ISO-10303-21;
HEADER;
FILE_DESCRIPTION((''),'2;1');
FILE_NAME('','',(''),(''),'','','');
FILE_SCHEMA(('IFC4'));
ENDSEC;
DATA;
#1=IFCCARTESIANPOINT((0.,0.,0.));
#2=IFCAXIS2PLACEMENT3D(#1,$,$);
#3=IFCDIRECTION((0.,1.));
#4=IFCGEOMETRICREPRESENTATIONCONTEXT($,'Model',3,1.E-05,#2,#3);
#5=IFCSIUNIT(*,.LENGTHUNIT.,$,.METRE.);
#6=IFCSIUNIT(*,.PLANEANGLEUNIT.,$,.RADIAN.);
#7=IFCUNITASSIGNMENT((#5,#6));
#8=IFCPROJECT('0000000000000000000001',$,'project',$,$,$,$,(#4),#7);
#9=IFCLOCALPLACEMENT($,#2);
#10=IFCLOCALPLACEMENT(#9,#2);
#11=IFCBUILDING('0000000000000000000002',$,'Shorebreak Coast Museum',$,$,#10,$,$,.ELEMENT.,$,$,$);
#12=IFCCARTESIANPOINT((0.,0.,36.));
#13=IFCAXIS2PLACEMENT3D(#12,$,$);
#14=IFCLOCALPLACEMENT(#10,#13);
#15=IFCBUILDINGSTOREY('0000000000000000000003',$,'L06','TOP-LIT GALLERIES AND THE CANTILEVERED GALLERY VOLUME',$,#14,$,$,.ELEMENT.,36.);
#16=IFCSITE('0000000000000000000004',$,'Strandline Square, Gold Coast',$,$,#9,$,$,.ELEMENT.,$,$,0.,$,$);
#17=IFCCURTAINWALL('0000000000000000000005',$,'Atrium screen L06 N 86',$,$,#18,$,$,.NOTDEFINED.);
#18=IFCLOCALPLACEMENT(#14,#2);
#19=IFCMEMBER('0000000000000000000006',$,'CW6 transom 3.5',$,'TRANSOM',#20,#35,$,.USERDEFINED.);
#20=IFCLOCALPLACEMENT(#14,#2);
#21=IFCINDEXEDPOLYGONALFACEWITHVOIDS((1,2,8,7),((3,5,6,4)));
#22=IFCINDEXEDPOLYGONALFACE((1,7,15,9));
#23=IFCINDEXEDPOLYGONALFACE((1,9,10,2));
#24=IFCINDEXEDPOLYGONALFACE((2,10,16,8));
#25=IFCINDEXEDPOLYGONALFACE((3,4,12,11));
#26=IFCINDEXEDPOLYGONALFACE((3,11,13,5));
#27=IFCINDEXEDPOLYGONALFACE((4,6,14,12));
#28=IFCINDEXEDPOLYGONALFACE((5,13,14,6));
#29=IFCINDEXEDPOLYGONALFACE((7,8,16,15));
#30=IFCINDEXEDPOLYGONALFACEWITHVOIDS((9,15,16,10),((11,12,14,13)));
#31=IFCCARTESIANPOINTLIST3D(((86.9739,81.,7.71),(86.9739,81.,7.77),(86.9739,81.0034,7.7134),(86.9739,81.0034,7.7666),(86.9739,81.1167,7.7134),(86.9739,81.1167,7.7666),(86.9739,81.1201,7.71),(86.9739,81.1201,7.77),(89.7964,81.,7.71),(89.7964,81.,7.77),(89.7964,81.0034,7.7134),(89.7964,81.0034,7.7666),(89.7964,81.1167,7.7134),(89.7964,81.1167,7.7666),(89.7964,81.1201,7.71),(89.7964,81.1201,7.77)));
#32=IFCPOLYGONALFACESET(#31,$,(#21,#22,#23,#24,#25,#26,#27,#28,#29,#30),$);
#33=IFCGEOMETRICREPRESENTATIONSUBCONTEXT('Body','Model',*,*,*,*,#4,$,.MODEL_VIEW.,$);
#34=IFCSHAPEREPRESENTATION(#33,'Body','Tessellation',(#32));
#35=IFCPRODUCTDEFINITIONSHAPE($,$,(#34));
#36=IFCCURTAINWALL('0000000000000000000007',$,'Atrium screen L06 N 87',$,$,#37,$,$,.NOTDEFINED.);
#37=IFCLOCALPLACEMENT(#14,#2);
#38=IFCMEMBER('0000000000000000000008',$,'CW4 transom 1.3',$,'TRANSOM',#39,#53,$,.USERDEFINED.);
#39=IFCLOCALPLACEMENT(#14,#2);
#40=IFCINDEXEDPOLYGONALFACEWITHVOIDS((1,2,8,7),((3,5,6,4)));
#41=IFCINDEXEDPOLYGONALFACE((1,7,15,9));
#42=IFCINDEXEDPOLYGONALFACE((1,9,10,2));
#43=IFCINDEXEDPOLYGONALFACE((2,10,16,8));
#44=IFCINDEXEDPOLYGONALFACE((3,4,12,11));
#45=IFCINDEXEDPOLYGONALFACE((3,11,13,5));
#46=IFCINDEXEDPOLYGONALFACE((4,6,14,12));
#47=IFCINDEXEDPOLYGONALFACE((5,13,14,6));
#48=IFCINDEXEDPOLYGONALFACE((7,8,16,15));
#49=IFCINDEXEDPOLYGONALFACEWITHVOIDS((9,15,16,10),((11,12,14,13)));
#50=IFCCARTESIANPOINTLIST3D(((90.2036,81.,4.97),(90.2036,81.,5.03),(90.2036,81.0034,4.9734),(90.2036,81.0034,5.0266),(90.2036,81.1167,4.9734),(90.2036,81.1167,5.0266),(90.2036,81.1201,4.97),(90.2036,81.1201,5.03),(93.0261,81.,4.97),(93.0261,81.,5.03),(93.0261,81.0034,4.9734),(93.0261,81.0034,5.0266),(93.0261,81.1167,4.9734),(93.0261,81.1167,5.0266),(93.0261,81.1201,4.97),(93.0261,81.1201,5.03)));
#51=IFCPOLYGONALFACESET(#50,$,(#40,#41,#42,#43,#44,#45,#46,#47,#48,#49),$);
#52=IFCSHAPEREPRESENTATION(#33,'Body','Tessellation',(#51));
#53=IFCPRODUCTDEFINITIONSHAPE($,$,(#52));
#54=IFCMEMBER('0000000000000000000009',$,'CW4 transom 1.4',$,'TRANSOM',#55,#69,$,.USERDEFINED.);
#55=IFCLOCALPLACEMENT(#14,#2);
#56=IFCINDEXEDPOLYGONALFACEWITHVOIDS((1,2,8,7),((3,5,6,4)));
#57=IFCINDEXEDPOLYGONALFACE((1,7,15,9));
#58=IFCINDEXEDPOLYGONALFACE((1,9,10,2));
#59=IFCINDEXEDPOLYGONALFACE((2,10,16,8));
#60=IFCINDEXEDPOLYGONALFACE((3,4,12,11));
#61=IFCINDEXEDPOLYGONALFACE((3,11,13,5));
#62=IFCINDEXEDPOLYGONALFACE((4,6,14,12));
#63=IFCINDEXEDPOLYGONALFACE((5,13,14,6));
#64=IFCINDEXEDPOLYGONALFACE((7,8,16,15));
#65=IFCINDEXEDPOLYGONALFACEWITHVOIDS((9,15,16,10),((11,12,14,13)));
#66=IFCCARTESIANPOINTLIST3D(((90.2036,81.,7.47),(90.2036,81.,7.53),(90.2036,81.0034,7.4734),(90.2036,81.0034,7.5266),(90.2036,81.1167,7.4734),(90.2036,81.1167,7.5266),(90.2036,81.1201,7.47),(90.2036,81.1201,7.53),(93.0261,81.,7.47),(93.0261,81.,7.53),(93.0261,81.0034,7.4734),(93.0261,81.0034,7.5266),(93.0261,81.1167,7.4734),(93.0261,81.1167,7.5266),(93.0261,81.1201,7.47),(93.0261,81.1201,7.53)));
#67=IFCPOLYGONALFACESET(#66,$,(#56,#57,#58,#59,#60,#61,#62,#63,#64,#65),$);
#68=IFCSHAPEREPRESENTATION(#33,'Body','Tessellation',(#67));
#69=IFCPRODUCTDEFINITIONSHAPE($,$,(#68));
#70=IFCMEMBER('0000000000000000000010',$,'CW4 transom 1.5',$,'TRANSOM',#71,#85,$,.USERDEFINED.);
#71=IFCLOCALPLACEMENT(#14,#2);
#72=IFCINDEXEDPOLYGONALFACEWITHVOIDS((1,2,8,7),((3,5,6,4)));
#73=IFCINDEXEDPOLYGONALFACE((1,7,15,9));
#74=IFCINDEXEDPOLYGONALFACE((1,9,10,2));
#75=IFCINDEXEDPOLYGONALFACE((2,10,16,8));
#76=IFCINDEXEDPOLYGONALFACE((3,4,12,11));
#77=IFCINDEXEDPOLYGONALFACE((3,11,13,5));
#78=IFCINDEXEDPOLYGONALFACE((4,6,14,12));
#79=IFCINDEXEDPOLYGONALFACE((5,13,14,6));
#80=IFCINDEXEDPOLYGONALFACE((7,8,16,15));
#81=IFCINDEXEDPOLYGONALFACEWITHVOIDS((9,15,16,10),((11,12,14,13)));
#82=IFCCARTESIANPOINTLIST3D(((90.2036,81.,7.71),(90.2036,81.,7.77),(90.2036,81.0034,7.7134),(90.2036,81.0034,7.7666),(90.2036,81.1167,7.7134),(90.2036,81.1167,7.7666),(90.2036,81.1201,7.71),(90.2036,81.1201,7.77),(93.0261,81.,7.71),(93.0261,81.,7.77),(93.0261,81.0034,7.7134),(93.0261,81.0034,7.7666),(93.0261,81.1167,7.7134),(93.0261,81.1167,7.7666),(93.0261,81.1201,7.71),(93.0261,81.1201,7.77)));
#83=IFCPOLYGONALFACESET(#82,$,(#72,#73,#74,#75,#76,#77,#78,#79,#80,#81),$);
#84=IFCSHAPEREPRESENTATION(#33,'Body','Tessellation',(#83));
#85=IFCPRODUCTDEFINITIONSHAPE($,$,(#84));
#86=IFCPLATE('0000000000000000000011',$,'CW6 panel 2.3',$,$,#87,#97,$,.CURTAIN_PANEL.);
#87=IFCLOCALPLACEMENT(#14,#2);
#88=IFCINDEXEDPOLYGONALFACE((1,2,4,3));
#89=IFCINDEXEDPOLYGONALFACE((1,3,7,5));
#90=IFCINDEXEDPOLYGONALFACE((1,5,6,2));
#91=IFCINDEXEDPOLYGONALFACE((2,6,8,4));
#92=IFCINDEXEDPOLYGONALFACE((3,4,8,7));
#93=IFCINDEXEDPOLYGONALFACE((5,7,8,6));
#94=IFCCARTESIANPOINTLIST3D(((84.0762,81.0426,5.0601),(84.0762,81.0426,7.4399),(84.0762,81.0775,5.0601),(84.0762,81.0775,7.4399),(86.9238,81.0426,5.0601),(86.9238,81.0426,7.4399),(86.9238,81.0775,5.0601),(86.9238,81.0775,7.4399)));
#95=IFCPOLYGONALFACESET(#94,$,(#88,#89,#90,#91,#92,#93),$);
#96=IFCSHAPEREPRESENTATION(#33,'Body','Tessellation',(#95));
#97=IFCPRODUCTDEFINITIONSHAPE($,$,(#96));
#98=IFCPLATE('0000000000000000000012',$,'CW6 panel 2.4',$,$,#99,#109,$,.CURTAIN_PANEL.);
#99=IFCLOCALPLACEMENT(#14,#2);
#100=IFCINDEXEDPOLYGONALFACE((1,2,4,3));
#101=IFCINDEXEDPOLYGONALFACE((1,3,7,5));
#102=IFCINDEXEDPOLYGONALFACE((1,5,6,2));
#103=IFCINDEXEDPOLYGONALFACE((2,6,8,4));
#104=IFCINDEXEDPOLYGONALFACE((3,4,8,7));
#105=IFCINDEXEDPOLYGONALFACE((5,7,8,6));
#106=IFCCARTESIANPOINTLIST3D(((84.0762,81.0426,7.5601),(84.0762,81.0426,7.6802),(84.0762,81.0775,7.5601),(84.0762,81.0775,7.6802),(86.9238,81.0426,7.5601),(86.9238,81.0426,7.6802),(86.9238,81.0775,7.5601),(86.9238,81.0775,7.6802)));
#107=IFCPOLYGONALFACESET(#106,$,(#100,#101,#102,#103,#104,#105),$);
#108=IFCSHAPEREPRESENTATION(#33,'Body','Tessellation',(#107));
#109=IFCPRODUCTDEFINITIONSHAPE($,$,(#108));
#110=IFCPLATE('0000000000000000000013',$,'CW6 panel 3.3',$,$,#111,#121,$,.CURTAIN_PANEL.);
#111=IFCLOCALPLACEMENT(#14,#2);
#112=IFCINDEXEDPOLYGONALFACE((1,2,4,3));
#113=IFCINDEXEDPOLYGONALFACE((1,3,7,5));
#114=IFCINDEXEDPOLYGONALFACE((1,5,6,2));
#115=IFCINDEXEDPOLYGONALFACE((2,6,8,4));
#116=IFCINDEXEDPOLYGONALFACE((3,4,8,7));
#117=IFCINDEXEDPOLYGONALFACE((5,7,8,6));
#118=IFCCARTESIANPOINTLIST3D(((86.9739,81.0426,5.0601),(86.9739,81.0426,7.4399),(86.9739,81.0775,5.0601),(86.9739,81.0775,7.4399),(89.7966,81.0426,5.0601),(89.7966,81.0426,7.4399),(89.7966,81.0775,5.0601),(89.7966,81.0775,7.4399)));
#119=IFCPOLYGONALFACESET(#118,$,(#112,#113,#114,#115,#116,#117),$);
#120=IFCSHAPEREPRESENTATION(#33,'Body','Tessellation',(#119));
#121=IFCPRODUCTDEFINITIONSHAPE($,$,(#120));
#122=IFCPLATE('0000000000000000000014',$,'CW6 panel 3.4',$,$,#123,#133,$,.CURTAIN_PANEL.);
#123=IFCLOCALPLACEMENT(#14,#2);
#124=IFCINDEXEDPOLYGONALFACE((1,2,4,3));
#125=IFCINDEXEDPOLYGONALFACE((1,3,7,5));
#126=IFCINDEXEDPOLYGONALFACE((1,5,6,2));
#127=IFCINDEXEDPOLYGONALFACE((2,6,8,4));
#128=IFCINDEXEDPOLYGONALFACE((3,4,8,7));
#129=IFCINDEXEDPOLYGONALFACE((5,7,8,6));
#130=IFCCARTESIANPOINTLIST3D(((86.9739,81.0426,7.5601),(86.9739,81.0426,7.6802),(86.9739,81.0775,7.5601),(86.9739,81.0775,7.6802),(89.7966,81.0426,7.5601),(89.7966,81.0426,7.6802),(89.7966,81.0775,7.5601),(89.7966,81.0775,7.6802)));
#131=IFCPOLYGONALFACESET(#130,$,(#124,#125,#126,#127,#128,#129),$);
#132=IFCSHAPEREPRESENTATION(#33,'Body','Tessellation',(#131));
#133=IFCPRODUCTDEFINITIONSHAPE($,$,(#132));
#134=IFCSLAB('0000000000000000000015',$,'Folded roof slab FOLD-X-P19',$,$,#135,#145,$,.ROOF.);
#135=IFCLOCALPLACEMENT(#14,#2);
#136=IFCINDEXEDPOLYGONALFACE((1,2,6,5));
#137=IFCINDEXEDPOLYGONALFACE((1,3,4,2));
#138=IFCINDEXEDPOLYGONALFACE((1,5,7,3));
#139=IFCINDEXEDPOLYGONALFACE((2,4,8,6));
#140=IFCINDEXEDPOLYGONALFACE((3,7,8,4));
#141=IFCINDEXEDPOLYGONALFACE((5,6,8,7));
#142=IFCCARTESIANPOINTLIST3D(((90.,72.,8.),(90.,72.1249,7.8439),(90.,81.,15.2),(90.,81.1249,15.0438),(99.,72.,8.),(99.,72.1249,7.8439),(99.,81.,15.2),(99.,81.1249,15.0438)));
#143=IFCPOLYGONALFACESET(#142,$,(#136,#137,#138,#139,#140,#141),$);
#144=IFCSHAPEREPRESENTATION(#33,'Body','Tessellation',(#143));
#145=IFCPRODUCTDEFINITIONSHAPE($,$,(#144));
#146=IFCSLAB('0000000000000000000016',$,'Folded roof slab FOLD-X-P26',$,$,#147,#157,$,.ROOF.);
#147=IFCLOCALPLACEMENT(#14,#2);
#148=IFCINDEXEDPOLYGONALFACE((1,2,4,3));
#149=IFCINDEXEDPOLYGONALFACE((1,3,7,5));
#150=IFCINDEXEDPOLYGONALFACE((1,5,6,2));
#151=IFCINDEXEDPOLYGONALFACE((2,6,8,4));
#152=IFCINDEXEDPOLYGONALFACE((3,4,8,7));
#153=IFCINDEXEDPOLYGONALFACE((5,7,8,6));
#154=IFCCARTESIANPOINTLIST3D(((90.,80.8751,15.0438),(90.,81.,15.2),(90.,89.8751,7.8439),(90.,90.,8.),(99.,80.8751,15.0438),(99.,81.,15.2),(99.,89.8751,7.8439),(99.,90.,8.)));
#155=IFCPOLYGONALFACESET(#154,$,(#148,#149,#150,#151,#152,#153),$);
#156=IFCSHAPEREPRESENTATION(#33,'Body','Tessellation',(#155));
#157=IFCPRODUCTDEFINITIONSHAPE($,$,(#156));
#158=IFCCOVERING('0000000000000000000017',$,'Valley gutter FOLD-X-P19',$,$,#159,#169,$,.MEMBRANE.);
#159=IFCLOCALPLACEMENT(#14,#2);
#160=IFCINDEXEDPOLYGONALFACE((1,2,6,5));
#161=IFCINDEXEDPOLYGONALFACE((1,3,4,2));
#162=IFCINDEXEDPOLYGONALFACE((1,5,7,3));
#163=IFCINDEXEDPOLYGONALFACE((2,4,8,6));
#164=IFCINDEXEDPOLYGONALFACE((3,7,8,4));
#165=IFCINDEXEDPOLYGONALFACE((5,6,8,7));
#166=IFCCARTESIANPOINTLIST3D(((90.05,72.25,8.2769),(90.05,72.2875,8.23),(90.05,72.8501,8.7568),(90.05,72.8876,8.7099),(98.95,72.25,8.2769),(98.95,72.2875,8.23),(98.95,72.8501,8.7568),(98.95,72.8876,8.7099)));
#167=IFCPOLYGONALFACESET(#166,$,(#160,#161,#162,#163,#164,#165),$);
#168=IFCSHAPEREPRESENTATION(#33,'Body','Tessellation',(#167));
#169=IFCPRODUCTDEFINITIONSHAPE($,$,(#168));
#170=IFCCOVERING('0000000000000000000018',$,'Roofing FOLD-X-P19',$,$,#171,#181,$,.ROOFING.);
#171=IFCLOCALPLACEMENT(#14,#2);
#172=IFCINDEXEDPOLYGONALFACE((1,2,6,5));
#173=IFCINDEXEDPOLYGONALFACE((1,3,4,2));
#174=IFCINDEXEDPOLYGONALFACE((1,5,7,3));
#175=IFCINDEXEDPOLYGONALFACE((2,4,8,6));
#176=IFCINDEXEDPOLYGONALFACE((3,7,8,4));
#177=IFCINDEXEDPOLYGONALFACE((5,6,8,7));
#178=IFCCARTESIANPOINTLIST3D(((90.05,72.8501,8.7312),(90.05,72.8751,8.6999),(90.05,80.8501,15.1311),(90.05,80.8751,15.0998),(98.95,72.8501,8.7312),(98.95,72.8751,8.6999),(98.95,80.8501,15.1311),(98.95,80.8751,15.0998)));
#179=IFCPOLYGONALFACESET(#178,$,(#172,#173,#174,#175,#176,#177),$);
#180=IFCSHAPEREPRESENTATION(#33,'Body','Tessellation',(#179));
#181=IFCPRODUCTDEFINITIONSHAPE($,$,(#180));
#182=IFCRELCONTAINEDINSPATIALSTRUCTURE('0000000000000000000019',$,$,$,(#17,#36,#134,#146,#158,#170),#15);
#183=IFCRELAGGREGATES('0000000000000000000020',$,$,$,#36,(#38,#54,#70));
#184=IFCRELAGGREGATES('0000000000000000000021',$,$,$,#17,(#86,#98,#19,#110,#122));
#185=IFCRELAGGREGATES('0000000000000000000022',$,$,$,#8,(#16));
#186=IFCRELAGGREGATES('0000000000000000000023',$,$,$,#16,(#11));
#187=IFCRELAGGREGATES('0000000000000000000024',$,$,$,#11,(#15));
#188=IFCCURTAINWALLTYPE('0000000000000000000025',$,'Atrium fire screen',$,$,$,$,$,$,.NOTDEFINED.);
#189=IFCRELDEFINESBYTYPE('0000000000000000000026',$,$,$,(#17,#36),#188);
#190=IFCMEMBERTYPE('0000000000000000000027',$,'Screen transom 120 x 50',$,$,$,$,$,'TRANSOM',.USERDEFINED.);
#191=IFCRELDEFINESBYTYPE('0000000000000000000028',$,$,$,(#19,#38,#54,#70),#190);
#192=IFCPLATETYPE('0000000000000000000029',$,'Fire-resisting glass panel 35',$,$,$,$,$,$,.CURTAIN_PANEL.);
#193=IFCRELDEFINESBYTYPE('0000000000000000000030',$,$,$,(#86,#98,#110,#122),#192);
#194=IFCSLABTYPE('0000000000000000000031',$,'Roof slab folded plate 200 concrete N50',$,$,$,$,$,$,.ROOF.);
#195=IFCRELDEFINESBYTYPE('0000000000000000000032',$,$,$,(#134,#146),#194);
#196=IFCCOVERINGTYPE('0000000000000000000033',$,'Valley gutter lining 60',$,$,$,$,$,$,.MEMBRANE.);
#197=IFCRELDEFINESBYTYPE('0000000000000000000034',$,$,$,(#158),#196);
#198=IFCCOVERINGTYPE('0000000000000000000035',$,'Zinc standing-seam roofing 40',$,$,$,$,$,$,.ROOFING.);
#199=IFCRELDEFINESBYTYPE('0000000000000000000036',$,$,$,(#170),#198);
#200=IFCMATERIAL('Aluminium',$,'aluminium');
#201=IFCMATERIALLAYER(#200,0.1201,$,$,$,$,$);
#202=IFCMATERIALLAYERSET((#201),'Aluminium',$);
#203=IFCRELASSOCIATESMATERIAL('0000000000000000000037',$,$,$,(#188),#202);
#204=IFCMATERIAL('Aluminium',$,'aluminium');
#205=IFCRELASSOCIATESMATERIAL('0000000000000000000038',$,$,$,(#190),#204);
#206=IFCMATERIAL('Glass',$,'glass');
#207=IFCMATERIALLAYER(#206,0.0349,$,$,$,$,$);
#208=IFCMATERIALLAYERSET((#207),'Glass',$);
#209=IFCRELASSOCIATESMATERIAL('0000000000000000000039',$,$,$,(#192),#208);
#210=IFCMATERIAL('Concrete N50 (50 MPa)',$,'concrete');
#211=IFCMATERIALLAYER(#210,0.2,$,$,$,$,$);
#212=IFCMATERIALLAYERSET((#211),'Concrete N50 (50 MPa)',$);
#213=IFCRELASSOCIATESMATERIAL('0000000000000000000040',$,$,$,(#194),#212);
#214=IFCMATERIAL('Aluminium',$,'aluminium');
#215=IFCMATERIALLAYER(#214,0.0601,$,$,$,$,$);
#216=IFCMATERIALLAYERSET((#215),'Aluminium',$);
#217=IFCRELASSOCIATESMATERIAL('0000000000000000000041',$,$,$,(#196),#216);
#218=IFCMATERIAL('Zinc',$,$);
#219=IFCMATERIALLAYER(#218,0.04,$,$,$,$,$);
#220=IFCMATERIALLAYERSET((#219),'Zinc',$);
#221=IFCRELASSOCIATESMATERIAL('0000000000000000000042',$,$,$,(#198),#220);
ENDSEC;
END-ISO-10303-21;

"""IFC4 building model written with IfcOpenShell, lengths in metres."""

from ifc_helpers import new_model, si_unit, direction, frame, origin, origin_2d, place, context, subcontext, project, spatial, polyline, rectangle, hollow_rectangle, outline, extrude, material, layer, layer_set, material_profile, profile_set, type_object, element, aggregate, save


model = new_model("IFC4")

# Units and contexts
model_context = context("Model", 3, precision=1e-05, world=origin(), true_north=direction((0.0, 1.0)))
body_context = subcontext(model_context, "Body", "Model", "MODEL_VIEW")
ifc_project = project(units=[si_unit("LENGTHUNIT", "METRE"), si_unit("PLANEANGLEUNIT", "RADIAN")], contexts=[model_context])

# Site, building, storey
site_placement = place(None, origin())
site = spatial("IfcSite", under=ifc_project, at=site_placement, Name="Strandline Square, Gold Coast", CompositionType="ELEMENT", RefElevation=0.0)
building_placement = place(site_placement, origin())
building = spatial("IfcBuilding", under=site, at=building_placement, Name="Shorebreak Coast Museum", CompositionType="ELEMENT")
storey_placement = place(building_placement, frame((0.0, 0.0, 36.0)))
storey = spatial("IfcBuildingStorey", under=building, at=storey_placement, Name="L06", Description="TOP-LIT GALLERIES AND THE CANTILEVERED GALLERY VOLUME", CompositionType="ELEMENT", Elevation=36.0)

# Curtain walls, members
ifc_material_1 = material(Name="Aluminium", Category="aluminium")
ifc_layer_1 = layer(ifc_material_1, 0.1201)
ifc_layer_set_1 = layer_set([ifc_layer_1], Name="Aluminium")
curtain_wall_type = type_object("IfcCurtainWallType", Name="Atrium fire screen", PredefinedType="NOTDEFINED", material=ifc_layer_set_1)
curtain_wall_1_placement = place(storey_placement, origin())
curtain_wall_1 = element("IfcCurtainWall", 1, at=curtain_wall_1_placement, inside=storey, type_object=curtain_wall_type, Name="Atrium screen L06 N 86", PredefinedType="NOTDEFINED")
ifc_material_2 = material(Name="Aluminium", Category="aluminium")
ifc_material_profile_1 = material_profile(ifc_material_2, hollow_rectangle(XDim=0.1201, YDim=0.0601, WallThickness=0.0034, at=origin_2d()), Name="AL 60x120 RHS")
ifc_profile_set_1 = profile_set([ifc_material_profile_1], Name="Aluminium")
member_type_1 = type_object("IfcMemberType", Name="Screen transom 120 x 50", ElementType="TRANSOM", PredefinedType="USERDEFINED", material=ifc_profile_set_1)
member_1_placement = place(storey_placement, frame((86.9739, 81.0601, 7.74), z_axis=(1.0, 0.0, 0.0), x_axis=(0.0, 1.0, 0.0)))
member_1 = element("IfcMember", 2, at=member_1_placement, type_object=member_type_1, Name="CW6 transom 3.5", ObjectType="TRANSOM", PredefinedType="USERDEFINED", context=body_context, shape_type="SweptSolid", body=[
    extrude(hollow_rectangle(XDim=0.1201, YDim=0.0601, WallThickness=0.0034, at=origin_2d()), origin(), (0.0, 0.0, 1.0), 2.8225),
])
curtain_wall_2_placement = place(storey_placement, origin())
curtain_wall_2 = element("IfcCurtainWall", 3, at=curtain_wall_2_placement, inside=storey, type_object=curtain_wall_type, Name="Atrium screen L06 N 87", PredefinedType="NOTDEFINED")
member_2_placement = place(storey_placement, frame((90.2036, 81.0601, 5.0), z_axis=(1.0, 0.0, 0.0), x_axis=(0.0, 1.0, 0.0)))
member_2 = element("IfcMember", 4, at=member_2_placement, type_object=member_type_1, Name="CW4 transom 1.3", ObjectType="TRANSOM", PredefinedType="USERDEFINED", context=body_context, shape_type="SweptSolid", body=[
    extrude(hollow_rectangle(XDim=0.1201, YDim=0.0601, WallThickness=0.0034, at=origin_2d()), origin(), (0.0, 0.0, 1.0), 2.8225),
])
member_3_placement = place(storey_placement, frame((90.2036, 81.0601, 7.5), z_axis=(1.0, 0.0, 0.0), x_axis=(0.0, 1.0, 0.0)))
member_3 = element("IfcMember", 5, at=member_3_placement, type_object=member_type_1, Name="CW4 transom 1.4", ObjectType="TRANSOM", PredefinedType="USERDEFINED", context=body_context, shape_type="SweptSolid", body=[
    extrude(hollow_rectangle(XDim=0.1201, YDim=0.0601, WallThickness=0.0034, at=origin_2d()), origin(), (0.0, 0.0, 1.0), 2.8225),
])
member_4_placement = place(storey_placement, frame((90.2036, 81.0601, 7.74), z_axis=(1.0, 0.0, 0.0), x_axis=(0.0, 1.0, 0.0)))
member_4 = element("IfcMember", 6, at=member_4_placement, type_object=member_type_1, Name="CW4 transom 1.5", ObjectType="TRANSOM", PredefinedType="USERDEFINED", context=body_context, shape_type="SweptSolid", body=[
    extrude(hollow_rectangle(XDim=0.1201, YDim=0.0601, WallThickness=0.0034, at=origin_2d()), origin(), (0.0, 0.0, 1.0), 2.8225),
])
aggregate(curtain_wall_2, [member_2, member_3, member_4])

# Plates
ifc_material_3 = material(Name="Glass", Category="glass")
ifc_layer_2 = layer(ifc_material_3, 0.0349)
ifc_layer_set_2 = layer_set([ifc_layer_2], Name="Glass")
plate_type = type_object("IfcPlateType", Name="Fire-resisting glass panel 35", PredefinedType="CURTAIN_PANEL", material=ifc_layer_set_2)
plate_1_placement = place(storey_placement, frame((85.5, 81.0601, 5.0601), z_axis=(0.0, 0.0, 1.0), x_axis=(1.0, 0.0, 0.0)))
plate_1 = element("IfcPlate", 7, at=plate_1_placement, type_object=plate_type, Name="CW6 panel 2.3", PredefinedType="CURTAIN_PANEL", context=body_context, shape_type="SweptSolid", body=[
    extrude(rectangle(XDim=2.8477, YDim=0.0349, at=origin_2d()), origin(), (0.0, 0.0, 1.0), 2.3799),
])
plate_2_placement = place(storey_placement, frame((85.5, 81.0601, 7.5601), z_axis=(0.0, 0.0, 1.0), x_axis=(1.0, 0.0, 0.0)))
plate_2 = element("IfcPlate", 8, at=plate_2_placement, type_object=plate_type, Name="CW6 panel 2.4", PredefinedType="CURTAIN_PANEL", context=body_context, shape_type="SweptSolid", body=[
    extrude(rectangle(XDim=2.8477, YDim=0.0349, at=origin_2d()), origin(), (0.0, 0.0, 1.0), 0.1201),
])
plate_3_placement = place(storey_placement, frame((88.3853, 81.0601, 5.0601), z_axis=(0.0, 0.0, 1.0), x_axis=(1.0, 0.0, 0.0)))
plate_3 = element("IfcPlate", 9, at=plate_3_placement, type_object=plate_type, Name="CW6 panel 3.3", PredefinedType="CURTAIN_PANEL", context=body_context, shape_type="SweptSolid", body=[
    extrude(rectangle(XDim=2.8228, YDim=0.0349, at=origin_2d()), origin(), (0.0, 0.0, 1.0), 2.3799),
])
plate_4_placement = place(storey_placement, frame((88.3853, 81.0601, 7.5601), z_axis=(0.0, 0.0, 1.0), x_axis=(1.0, 0.0, 0.0)))
plate_4 = element("IfcPlate", 10, at=plate_4_placement, type_object=plate_type, Name="CW6 panel 3.4", PredefinedType="CURTAIN_PANEL", context=body_context, shape_type="SweptSolid", body=[
    extrude(rectangle(XDim=2.8228, YDim=0.0349, at=origin_2d()), origin(), (0.0, 0.0, 1.0), 0.1201),
])
aggregate(curtain_wall_1, [plate_1, plate_2, member_1, plate_3, plate_4])

# Slabs
ifc_material_4 = material(Name="Concrete N50 (50 MPa)", Category="concrete")
ifc_layer_3 = layer(ifc_material_4, 0.2)
ifc_layer_set_3 = layer_set([ifc_layer_3], Name="Concrete N50 (50 MPa)")
slab_type = type_object("IfcSlabType", Name="Roof slab folded plate 200 concrete N50", PredefinedType="ROOF", material=ifc_layer_set_3)
for number, where, z_axis, x_axis, name in (
    (11, (90.0, 72.0, 8.0), (0.0, -0.624692, 0.780871), (1.0, 0.0, 0.0), "Folded roof slab FOLD-X-P19"),
    (12, (90.0, 81.0, 15.2), (0.0, 0.624692, 0.780871), (1.0, 0.0, 0.0), "Folded roof slab FOLD-X-P26"),
):
    element("IfcSlab", number, at=place(storey_placement, frame(where, z_axis=z_axis, x_axis=x_axis)), inside=storey, type_object=slab_type, Name=name, PredefinedType="ROOF", context=body_context, shape_type="SweptSolid", body=[
        extrude(outline(polyline([(0.0, 0.0), (9.0, 0.0), (9.0, 11.5256), (0.0, 11.5256), (0.0, 0.0)])), origin(), (0.0, 0.0, -1.0), 0.2),
    ])

# Coverings
ifc_material_5 = material(Name="Aluminium", Category="aluminium")
ifc_layer_4 = layer(ifc_material_5, 0.0601)
ifc_layer_set_4 = layer_set([ifc_layer_4], Name="Aluminium")
covering_type_1 = type_object("IfcCoveringType", Name="Valley gutter lining 60", PredefinedType="MEMBRANE", material=ifc_layer_set_4)
covering_1_placement = place(storey_placement, frame((90.05, 72.25, 8.2769), z_axis=(0.0, -0.624618, 0.780931), x_axis=(1.0, 0.0, 0.0)))
element("IfcCovering", 13, at=covering_1_placement, inside=storey, type_object=covering_type_1, Name="Valley gutter FOLD-X-P19", PredefinedType="MEMBRANE", context=body_context, shape_type="SweptSolid", body=[
    extrude(outline(polyline([(0.0, 0.0), (8.8999, 0.0), (8.8999, 0.7684), (0.0, 0.7684), (0.0, 0.0)])), origin(), (0.0, 0.0, -1.0), 0.0601),
])
ifc_material_6 = material(Name="Zinc")
ifc_layer_5 = layer(ifc_material_6, 0.04)
ifc_layer_set_5 = layer_set([ifc_layer_5], Name="Zinc")
covering_type_2 = type_object("IfcCoveringType", Name="Zinc standing-seam roofing 40", PredefinedType="ROOFING", material=ifc_layer_set_5)
covering_2_placement = place(storey_placement, frame((90.05, 72.8501, 8.7312), z_axis=(0.0, -0.624689, 0.780873), x_axis=(1.0, 0.0, 0.0)))
element("IfcCovering", 14, at=covering_2_placement, inside=storey, type_object=covering_type_2, Name="Roofing FOLD-X-P19", PredefinedType="ROOFING", context=body_context, shape_type="SweptSolid", body=[
    extrude(outline(polyline([(0.0, 0.0), (8.8999, 0.0), (8.8999, 10.2449), (0.0, 10.2449), (0.0, 0.0)])), origin(), (0.0, 0.0, -1.0), 0.04),
])

save(model, "model.ifc")
